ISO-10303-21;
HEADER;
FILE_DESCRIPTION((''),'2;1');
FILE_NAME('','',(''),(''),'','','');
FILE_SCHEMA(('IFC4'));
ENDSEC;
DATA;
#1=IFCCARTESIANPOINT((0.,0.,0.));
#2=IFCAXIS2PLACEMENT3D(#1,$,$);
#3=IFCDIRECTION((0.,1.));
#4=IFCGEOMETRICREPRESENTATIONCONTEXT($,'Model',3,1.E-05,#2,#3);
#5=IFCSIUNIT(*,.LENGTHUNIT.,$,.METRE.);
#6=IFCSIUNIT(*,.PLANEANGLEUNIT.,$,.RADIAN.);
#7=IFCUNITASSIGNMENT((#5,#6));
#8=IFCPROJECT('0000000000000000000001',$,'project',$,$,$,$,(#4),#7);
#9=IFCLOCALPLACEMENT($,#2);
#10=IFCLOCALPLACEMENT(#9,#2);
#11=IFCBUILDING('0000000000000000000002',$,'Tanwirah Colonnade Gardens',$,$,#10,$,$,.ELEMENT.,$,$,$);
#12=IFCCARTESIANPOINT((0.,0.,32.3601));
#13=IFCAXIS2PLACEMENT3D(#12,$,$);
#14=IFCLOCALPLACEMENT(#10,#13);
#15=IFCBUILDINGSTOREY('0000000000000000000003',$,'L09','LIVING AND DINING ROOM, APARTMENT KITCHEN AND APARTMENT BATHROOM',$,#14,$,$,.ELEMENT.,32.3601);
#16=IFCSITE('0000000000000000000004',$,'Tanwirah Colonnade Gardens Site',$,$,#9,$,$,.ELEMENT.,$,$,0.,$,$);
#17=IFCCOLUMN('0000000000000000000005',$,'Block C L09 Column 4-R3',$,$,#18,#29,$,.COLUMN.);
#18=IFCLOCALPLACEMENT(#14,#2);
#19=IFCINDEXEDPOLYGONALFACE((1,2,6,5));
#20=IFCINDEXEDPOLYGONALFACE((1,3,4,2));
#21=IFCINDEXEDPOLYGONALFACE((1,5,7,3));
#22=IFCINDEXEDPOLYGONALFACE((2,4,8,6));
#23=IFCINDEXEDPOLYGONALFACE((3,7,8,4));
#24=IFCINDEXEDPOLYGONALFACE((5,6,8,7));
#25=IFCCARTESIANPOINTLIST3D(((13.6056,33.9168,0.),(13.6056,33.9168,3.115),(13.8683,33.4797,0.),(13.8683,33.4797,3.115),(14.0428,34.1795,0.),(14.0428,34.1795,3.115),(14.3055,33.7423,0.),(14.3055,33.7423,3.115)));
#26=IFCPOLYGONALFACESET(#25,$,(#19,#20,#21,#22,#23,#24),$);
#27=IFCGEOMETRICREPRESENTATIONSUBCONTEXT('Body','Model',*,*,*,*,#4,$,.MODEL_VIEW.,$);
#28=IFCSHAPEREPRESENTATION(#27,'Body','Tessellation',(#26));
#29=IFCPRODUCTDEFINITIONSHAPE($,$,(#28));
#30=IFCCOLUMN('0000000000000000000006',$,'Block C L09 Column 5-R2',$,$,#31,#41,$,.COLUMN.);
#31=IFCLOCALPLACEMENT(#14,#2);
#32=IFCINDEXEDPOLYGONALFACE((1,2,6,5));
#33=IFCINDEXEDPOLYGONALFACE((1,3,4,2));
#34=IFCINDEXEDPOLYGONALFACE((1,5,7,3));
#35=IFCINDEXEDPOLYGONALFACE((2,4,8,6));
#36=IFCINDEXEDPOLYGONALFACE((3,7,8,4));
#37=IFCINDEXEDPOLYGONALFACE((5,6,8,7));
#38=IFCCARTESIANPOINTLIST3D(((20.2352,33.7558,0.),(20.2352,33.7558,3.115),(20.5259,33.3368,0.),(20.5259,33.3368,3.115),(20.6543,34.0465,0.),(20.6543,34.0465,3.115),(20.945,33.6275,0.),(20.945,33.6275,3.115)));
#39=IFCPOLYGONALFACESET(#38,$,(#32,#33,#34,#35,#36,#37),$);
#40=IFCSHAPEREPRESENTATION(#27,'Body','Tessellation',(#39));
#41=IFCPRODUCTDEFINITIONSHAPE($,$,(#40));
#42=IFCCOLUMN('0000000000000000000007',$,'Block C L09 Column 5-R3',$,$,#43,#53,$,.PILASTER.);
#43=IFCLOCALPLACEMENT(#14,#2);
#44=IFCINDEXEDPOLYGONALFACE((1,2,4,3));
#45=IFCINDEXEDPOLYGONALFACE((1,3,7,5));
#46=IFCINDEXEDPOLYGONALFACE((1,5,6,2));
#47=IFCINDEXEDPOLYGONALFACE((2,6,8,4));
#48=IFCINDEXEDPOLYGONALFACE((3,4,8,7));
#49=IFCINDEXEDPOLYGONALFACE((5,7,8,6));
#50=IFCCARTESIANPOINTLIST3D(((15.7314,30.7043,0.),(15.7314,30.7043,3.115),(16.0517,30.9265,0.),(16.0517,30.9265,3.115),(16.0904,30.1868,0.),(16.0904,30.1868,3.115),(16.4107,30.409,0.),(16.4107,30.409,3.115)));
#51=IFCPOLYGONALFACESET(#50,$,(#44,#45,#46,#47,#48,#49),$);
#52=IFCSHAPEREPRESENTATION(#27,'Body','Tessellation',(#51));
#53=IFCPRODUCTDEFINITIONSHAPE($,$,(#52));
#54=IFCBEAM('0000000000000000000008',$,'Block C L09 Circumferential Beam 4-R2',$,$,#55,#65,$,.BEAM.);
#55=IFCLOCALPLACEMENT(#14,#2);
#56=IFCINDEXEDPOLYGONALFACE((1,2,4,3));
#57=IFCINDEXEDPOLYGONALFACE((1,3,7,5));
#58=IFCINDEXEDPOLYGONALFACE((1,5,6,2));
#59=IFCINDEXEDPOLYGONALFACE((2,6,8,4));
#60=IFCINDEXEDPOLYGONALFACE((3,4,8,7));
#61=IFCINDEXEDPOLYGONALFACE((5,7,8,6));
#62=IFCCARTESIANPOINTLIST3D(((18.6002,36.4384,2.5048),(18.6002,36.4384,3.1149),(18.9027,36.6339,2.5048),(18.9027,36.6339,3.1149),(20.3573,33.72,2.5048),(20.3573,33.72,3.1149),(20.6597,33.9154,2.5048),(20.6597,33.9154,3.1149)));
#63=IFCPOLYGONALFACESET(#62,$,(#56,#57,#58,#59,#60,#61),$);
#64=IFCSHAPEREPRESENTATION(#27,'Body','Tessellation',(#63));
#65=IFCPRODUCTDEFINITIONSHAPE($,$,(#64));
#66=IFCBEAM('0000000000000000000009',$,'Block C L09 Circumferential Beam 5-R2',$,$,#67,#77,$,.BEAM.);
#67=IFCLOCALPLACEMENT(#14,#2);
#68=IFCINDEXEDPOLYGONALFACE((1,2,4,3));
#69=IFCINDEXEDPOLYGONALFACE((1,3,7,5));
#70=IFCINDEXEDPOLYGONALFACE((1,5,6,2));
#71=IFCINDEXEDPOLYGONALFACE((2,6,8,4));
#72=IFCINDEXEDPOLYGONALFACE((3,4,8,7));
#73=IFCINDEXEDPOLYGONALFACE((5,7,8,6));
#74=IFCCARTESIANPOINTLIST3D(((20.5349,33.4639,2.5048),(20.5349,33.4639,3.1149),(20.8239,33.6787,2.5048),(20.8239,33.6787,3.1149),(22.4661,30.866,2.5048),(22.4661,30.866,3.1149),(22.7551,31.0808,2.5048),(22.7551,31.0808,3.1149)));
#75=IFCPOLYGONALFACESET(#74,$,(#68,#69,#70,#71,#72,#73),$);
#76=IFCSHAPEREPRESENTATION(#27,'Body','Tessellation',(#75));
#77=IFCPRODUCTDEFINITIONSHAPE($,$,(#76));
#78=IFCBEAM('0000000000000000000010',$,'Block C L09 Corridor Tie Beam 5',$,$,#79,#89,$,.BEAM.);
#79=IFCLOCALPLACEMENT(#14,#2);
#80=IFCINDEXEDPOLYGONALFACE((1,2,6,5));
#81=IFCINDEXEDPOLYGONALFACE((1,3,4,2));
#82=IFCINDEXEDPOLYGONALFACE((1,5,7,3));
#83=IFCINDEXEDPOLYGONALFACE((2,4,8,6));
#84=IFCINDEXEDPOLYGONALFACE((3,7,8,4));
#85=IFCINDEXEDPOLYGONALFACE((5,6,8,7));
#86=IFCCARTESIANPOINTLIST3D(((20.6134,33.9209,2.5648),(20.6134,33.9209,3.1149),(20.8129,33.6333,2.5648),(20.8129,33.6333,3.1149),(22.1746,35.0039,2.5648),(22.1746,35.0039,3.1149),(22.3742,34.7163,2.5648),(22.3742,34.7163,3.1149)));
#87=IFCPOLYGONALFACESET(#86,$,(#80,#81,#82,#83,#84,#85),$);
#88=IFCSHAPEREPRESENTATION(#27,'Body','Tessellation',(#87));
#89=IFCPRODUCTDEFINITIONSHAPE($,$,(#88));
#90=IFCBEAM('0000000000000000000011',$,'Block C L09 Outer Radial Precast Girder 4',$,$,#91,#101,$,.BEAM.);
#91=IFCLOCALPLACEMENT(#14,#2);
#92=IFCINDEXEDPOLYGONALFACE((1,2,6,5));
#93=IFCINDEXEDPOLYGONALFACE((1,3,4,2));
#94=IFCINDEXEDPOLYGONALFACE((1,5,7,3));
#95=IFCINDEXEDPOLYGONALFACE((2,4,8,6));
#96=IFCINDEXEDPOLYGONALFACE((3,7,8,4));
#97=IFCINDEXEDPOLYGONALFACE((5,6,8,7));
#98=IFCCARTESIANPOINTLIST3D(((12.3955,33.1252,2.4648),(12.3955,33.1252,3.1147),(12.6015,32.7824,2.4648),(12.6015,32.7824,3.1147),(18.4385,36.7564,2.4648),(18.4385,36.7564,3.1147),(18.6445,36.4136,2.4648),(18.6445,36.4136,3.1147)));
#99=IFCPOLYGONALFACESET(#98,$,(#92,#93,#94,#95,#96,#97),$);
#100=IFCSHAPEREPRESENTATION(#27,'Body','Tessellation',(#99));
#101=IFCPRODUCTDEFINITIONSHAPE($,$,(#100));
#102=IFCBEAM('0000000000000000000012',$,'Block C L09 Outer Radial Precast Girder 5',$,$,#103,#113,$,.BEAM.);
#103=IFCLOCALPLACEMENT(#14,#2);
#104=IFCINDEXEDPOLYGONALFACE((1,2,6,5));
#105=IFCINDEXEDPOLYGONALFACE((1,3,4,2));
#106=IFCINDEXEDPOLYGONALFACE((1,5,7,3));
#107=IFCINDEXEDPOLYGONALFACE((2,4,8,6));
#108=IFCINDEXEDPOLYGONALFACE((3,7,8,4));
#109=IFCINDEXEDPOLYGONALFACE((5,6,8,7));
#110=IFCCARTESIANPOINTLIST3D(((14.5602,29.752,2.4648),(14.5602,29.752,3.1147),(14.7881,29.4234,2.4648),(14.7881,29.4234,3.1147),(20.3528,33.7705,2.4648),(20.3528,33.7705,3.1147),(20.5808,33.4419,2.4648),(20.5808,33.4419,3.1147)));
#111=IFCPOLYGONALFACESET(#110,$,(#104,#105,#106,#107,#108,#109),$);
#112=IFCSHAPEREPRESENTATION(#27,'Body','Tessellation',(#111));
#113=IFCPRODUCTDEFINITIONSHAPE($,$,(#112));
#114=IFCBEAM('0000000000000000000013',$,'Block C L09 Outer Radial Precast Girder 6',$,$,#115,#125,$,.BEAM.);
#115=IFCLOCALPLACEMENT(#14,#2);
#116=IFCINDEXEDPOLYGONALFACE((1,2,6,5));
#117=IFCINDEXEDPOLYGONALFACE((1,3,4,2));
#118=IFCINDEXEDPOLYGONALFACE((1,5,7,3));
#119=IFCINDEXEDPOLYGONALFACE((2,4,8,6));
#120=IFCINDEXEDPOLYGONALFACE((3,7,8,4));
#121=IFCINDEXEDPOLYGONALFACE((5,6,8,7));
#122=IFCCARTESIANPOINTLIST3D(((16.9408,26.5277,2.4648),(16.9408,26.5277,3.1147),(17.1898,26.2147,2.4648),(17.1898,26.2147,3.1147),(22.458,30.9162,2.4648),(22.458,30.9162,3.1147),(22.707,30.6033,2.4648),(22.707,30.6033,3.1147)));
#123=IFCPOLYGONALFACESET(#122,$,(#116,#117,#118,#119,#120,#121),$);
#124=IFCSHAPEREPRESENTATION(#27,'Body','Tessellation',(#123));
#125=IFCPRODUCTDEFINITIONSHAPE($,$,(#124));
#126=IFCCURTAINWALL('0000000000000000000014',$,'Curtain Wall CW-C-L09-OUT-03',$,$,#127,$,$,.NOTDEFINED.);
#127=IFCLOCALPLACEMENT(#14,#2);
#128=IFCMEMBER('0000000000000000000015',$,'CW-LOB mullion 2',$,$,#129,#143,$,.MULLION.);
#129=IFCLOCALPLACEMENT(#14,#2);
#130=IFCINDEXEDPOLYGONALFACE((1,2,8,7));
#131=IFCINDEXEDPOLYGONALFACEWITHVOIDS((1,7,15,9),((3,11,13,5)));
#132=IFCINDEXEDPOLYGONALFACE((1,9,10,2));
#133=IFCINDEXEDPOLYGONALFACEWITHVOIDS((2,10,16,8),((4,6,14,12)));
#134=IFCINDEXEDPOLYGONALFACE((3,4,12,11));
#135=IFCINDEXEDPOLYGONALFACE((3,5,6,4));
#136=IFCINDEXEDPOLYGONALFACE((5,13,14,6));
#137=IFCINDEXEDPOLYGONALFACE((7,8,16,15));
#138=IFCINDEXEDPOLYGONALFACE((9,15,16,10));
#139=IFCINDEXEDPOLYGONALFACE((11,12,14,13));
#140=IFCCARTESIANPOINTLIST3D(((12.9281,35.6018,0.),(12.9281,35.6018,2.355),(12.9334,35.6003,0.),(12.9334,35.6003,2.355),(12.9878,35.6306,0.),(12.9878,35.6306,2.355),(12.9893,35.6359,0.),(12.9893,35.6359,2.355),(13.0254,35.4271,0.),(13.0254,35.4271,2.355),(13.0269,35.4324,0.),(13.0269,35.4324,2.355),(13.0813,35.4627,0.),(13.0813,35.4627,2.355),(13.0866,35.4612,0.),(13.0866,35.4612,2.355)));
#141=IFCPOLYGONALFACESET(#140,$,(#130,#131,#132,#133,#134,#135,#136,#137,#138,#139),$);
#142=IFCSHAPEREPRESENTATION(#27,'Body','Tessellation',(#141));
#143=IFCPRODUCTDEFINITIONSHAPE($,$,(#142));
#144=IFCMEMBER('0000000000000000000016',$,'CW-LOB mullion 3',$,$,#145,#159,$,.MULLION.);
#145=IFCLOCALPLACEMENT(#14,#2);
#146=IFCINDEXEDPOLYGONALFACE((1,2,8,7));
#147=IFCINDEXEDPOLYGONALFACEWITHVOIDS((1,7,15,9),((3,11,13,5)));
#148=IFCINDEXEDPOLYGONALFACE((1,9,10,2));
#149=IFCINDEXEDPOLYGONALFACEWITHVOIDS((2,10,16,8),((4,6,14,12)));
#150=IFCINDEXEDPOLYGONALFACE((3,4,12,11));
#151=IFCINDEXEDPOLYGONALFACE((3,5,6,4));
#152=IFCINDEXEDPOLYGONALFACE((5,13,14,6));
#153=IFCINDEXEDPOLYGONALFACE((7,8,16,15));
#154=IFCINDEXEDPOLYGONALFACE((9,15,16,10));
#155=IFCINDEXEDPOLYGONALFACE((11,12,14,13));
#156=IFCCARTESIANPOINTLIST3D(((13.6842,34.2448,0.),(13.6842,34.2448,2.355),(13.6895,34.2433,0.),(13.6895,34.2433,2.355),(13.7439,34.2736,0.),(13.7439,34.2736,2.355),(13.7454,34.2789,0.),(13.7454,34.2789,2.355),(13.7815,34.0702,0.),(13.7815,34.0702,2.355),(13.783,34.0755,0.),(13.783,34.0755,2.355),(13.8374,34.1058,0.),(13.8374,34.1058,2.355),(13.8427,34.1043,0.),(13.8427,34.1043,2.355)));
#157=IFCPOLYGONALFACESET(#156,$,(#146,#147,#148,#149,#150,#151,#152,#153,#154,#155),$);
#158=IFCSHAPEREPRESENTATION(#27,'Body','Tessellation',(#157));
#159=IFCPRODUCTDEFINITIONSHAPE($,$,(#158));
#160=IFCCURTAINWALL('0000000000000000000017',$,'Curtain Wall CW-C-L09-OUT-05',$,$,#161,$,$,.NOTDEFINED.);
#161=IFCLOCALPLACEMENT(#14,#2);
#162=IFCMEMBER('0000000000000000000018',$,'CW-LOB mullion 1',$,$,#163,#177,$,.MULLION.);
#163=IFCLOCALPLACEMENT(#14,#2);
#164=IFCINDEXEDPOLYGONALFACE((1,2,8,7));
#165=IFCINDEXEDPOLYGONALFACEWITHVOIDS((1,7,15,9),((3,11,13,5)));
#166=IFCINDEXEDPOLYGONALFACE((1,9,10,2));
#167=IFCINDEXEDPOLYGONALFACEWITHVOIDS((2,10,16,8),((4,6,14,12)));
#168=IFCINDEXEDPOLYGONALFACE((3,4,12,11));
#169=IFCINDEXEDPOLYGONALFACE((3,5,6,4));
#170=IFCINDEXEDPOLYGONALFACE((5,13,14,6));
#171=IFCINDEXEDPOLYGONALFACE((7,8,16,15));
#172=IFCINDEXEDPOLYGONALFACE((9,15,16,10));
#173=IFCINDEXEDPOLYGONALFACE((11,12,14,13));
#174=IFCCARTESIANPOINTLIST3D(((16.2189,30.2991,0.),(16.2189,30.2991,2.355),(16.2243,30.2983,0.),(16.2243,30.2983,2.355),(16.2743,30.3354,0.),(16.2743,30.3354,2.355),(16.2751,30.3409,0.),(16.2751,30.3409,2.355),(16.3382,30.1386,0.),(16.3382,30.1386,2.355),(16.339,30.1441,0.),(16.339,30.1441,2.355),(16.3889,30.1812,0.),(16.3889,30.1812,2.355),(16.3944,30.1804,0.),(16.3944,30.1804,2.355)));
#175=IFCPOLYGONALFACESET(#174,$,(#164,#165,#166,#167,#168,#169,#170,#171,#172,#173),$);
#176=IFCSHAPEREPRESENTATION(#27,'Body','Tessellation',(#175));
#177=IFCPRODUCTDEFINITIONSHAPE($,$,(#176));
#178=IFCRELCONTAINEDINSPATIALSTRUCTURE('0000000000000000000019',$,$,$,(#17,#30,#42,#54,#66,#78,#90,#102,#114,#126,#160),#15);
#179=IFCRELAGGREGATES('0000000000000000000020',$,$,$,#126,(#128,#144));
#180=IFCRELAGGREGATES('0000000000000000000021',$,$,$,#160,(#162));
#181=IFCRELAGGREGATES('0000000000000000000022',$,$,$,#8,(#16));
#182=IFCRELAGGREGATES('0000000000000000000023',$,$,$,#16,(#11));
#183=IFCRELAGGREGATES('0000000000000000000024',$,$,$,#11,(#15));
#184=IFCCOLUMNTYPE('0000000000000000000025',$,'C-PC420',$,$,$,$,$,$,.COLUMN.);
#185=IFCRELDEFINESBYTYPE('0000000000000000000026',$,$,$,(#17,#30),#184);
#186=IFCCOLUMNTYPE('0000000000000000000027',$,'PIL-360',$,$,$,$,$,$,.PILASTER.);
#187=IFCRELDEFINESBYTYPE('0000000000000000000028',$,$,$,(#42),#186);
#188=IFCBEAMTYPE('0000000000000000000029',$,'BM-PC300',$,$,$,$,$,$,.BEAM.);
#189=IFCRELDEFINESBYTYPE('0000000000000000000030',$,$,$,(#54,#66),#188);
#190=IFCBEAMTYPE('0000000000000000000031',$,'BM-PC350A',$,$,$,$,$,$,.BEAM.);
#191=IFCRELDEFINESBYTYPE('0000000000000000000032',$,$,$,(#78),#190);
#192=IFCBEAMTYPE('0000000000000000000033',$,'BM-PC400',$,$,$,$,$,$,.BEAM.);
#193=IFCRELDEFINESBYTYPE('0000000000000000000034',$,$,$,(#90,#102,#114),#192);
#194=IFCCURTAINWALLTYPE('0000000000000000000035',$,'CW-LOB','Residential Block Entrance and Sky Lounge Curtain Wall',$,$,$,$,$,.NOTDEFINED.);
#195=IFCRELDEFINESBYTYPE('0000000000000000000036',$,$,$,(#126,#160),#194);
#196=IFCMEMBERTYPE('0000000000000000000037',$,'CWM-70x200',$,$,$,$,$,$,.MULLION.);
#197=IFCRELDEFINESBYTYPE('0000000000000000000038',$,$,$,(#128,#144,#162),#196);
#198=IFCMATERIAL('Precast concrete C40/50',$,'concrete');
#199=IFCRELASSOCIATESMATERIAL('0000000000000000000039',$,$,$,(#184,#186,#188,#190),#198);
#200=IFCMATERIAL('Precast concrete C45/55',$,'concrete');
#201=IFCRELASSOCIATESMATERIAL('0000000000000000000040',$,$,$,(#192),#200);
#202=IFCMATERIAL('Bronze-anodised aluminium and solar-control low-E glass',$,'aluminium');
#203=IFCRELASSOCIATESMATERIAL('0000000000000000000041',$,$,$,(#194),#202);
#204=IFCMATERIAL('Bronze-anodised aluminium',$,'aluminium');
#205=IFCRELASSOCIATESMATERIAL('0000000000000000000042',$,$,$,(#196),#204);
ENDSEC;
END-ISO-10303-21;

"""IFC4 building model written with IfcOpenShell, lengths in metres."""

from ifc_helpers import new_model, si_unit, direction, frame, origin, origin_2d, place, context, subcontext, project, spatial, rectangle, hollow_rectangle, extrude, material, material_profile, profile_set, type_object, element, aggregate, save


model = new_model("IFC4")

# Units and contexts
model_context = context("Model", 3, precision=1e-05, world=origin(), true_north=direction((0.0, 1.0)))
body_context = subcontext(model_context, "Body", "Model", "MODEL_VIEW")
ifc_project = project(units=[si_unit("LENGTHUNIT", "METRE"), si_unit("PLANEANGLEUNIT", "RADIAN")], contexts=[model_context])

# Site, building, storey
site_placement = place(None, origin())
site = spatial("IfcSite", under=ifc_project, at=site_placement, Name="Tanwirah Colonnade Gardens Site", CompositionType="ELEMENT", RefElevation=0.0)
building_placement = place(site_placement, origin())
building = spatial("IfcBuilding", under=site, at=building_placement, Name="Tanwirah Colonnade Gardens", CompositionType="ELEMENT")
storey_placement = place(building_placement, frame((0.0, 0.0, 32.3601)))
storey = spatial("IfcBuildingStorey", under=building, at=storey_placement, Name="L09", Description="LIVING AND DINING ROOM, APARTMENT KITCHEN AND APARTMENT BATHROOM", CompositionType="ELEMENT", Elevation=32.3601)

# Columns
ifc_material_1 = material(Name="Precast concrete C40/50", Category="concrete")
ifc_material_profile_1 = material_profile(ifc_material_1, rectangle(XDim=0.51, YDim=0.51, at=origin_2d()), Name="PC-COL 510x510")
ifc_profile_set_1 = profile_set([ifc_material_profile_1], Name="Precast concrete C40/50")
column_type_1 = type_object("IfcColumnType", Name="C-PC420", PredefinedType="COLUMN", material=ifc_profile_set_1)
for number, where, z_axis, x_axis, name in (
    (1, (13.9556, 33.8296, 0.0), (0.0, 0.0, 1.0), (-0.857167, -0.515038, 0.0), "Block C L09 Column 4-R3"),
    (2, (20.5901, 33.6917, 0.0), (0.0, 0.0, 1.0), (-0.821647, -0.569997, 0.0), "Block C L09 Column 5-R2"),
):
    element("IfcColumn", number, at=place(storey_placement, frame(where, z_axis=z_axis, x_axis=x_axis)), inside=storey, type_object=column_type_1, Name=name, PredefinedType="COLUMN", context=body_context, shape_type="SweptSolid", body=[
        extrude(rectangle(XDim=0.51, YDim=0.51, at=origin_2d()), origin(), (0.0, 0.0, 1.0), 3.115),
    ])
ifc_material_profile_2 = material_profile(ifc_material_1, rectangle(XDim=0.3899, YDim=0.6299, at=origin_2d()), Name="PC-PIL 390x630")
ifc_profile_set_2 = profile_set([ifc_material_profile_2], Name="Precast concrete C40/50")
column_type_2 = type_object("IfcColumnType", Name="PIL-360", PredefinedType="PILASTER", material=ifc_profile_set_2)
column_placement = place(storey_placement, frame((16.071, 30.5566, 0.0), z_axis=(0.0, 0.0, 1.0), x_axis=(-0.821647, -0.569997, 0.0)))
element("IfcColumn", 3, at=column_placement, inside=storey, type_object=column_type_2, Name="Block C L09 Column 5-R3", PredefinedType="PILASTER", context=body_context, shape_type="SweptSolid", body=[
    extrude(rectangle(XDim=0.3899, YDim=0.6299, at=origin_2d()), origin(), (0.0, 0.0, 1.0), 3.115),
])

# Beams
ifc_material_profile_3 = material_profile(ifc_material_1, rectangle(XDim=0.3601, YDim=0.6101, at=origin_2d()), Name="PC-BM 360x610")
ifc_profile_set_3 = profile_set([ifc_material_profile_3], Name="Precast concrete C40/50")
beam_type_1 = type_object("IfcBeamType", Name="BM-PC300", PredefinedType="BEAM", material=ifc_profile_set_3)
beam_1_placement = place(storey_placement, frame((18.7515, 36.5361, 2.8098), z_axis=(0.542826, -0.839845, 0.0), x_axis=(0.839845, 0.542826, 0.0)))
element("IfcBeam", 4, at=beam_1_placement, inside=storey, type_object=beam_type_1, Name="Block C L09 Circumferential Beam 4-R2", PredefinedType="BEAM", context=body_context, shape_type="SweptSolid", body=[
    extrude(rectangle(XDim=0.3601, YDim=0.6101, at=origin_2d()), origin(), (0.0, 0.0, 1.0), 3.2368),
])
beam_2_placement = place(storey_placement, frame((20.6794, 33.5713, 2.8098), z_axis=(0.596579, -0.802554, 0.0), x_axis=(0.802554, 0.596579, 0.0)))
element("IfcBeam", 5, at=beam_2_placement, inside=storey, type_object=beam_type_1, Name="Block C L09 Circumferential Beam 5-R2", PredefinedType="BEAM", context=body_context, shape_type="SweptSolid", body=[
    extrude(rectangle(XDim=0.3601, YDim=0.6101, at=origin_2d()), origin(), (0.0, 0.0, 1.0), 3.2371),
])
ifc_material_profile_4 = material_profile(ifc_material_1, rectangle(XDim=0.3501, YDim=0.55, at=origin_2d()), Name="PC-BM 350x550")
ifc_profile_set_4 = profile_set([ifc_material_profile_4], Name="Precast concrete C40/50")
beam_type_2 = type_object("IfcBeamType", Name="BM-PC350A", PredefinedType="BEAM", material=ifc_profile_set_4)
beam_3_placement = place(storey_placement, frame((22.2744, 34.8601, 2.8398), z_axis=(-0.821669, -0.569965, 0.0), x_axis=(0.569965, -0.821669, 0.0)))
element("IfcBeam", 6, at=beam_3_placement, inside=storey, type_object=beam_type_2, Name="Block C L09 Corridor Tie Beam 5", PredefinedType="BEAM", context=body_context, shape_type="SweptSolid", body=[
    extrude(rectangle(XDim=0.3501, YDim=0.55, at=origin_2d()), origin(), (0.0, 0.0, 1.0), 1.9001),
])
ifc_material_2 = material(Name="Precast concrete C45/55", Category="concrete")
ifc_material_profile_5 = material_profile(ifc_material_2, rectangle(XDim=0.3999, YDim=0.6499, at=origin_2d()), Name="PC-BM 400x650")
ifc_profile_set_5 = profile_set([ifc_material_profile_5], Name="Precast concrete C45/55")
beam_type_3 = type_object("IfcBeamType", Name="BM-PC400", PredefinedType="BEAM", material=ifc_profile_set_5)
for number, where, z_axis, x_axis, name in (
    (7, (18.5415, 36.585, 2.7898), (-0.85716, -0.515051, 0.0), (0.515051, -0.85716, 0.0), "Block C L09 Outer Radial Precast Girder 4"),
    (8, (20.4668, 33.6062, 2.7898), (-0.821647, -0.569997, 0.0), (0.569997, -0.821647, 0.0), "Block C L09 Outer Radial Precast Girder 5"),
):
    element("IfcBeam", number, at=place(storey_placement, frame(where, z_axis=z_axis, x_axis=x_axis)), inside=storey, type_object=beam_type_3, Name=name, PredefinedType="BEAM", context=body_context, shape_type="SweptSolid", body=[
        extrude(rectangle(XDim=0.3999, YDim=0.6499, at=origin_2d()), origin(), (0.0, 0.0, 1.0), 7.05),
    ])
beam_4_placement = place(storey_placement, frame((22.5825, 30.7598, 2.7898), z_axis=(-0.782609, -0.622513, 0.0), x_axis=(0.622513, -0.782609, 0.0)))
element("IfcBeam", 9, at=beam_4_placement, inside=storey, type_object=beam_type_3, Name="Block C L09 Outer Radial Precast Girder 6", PredefinedType="BEAM", context=body_context, shape_type="SweptSolid", body=[
    extrude(rectangle(XDim=0.3999, YDim=0.6499, at=origin_2d()), origin(), (0.0, 0.0, 1.0), 7.0498),
])

# Curtain wall, members
ifc_material_3 = material(Name="Bronze-anodised aluminium and solar-control low-E glass", Category="aluminium")
curtain_wall_type = type_object("IfcCurtainWallType", Name="CW-LOB", Description="Residential Block Entrance and Sky Lounge Curtain Wall", PredefinedType="NOTDEFINED", material=ifc_material_3)
curtain_wall_1_placement = place(storey_placement, origin())
curtain_wall_1 = element("IfcCurtainWall", 10, at=curtain_wall_1_placement, inside=storey, type_object=curtain_wall_type, Name="Curtain Wall CW-C-L09-OUT-03", PredefinedType="NOTDEFINED")
ifc_material_4 = material(Name="Bronze-anodised aluminium", Category="aluminium")
ifc_material_profile_6 = material_profile(ifc_material_4, hollow_rectangle(XDim=0.0701, YDim=0.2, WallThickness=0.0039, at=origin_2d()), Name="CW-MUL 70x200x4")
ifc_profile_set_6 = profile_set([ifc_material_profile_6], Name="Bronze-anodised aluminium")
member_type_1 = type_object("IfcMemberType", Name="CWM-70x200", PredefinedType="MULLION", material=ifc_profile_set_6)
member_1_placement = place(storey_placement, frame((13.0073, 35.5315, 0.0), z_axis=(0.0, 0.0, 1.0), x_axis=(0.873561, 0.486715, 0.0)))
member_1 = element("IfcMember", 11, at=member_1_placement, type_object=member_type_1, Name="CW-LOB mullion 2", PredefinedType="MULLION", context=body_context, shape_type="SweptSolid", body=[
    extrude(hollow_rectangle(XDim=0.0701, YDim=0.2, WallThickness=0.0039, at=origin_2d()), origin(), (0.0, 0.0, 1.0), 2.355),
])
member_2_placement = place(storey_placement, frame((13.7634, 34.1746, 0.0), z_axis=(0.0, 0.0, 1.0), x_axis=(0.873561, 0.486715, 0.0)))
member_2 = element("IfcMember", 12, at=member_2_placement, type_object=member_type_1, Name="CW-LOB mullion 3", PredefinedType="MULLION", context=body_context, shape_type="SweptSolid", body=[
    extrude(hollow_rectangle(XDim=0.0701, YDim=0.2, WallThickness=0.0039, at=origin_2d()), origin(), (0.0, 0.0, 1.0), 2.355),
])

# Curtain wall, member
curtain_wall_2_placement = place(storey_placement, origin())
curtain_wall_2 = element("IfcCurtainWall", 13, at=curtain_wall_2_placement, inside=storey, type_object=curtain_wall_type, Name="Curtain Wall CW-C-L09-OUT-05", PredefinedType="NOTDEFINED")
member_3_placement = place(storey_placement, frame((16.3066, 30.2397, 0.0), z_axis=(0.0, 0.0, 1.0), x_axis=(0.802557, 0.596576, 0.0)))
member_3 = element("IfcMember", 14, at=member_3_placement, type_object=member_type_1, Name="CW-LOB mullion 1", PredefinedType="MULLION", context=body_context, shape_type="SweptSolid", body=[
    extrude(hollow_rectangle(XDim=0.0701, YDim=0.2, WallThickness=0.0039, at=origin_2d()), origin(), (0.0, 0.0, 1.0), 2.355),
])

aggregate(curtain_wall_1, [member_1, member_2])
aggregate(curtain_wall_2, [member_3])

save(model, "model.ifc")
